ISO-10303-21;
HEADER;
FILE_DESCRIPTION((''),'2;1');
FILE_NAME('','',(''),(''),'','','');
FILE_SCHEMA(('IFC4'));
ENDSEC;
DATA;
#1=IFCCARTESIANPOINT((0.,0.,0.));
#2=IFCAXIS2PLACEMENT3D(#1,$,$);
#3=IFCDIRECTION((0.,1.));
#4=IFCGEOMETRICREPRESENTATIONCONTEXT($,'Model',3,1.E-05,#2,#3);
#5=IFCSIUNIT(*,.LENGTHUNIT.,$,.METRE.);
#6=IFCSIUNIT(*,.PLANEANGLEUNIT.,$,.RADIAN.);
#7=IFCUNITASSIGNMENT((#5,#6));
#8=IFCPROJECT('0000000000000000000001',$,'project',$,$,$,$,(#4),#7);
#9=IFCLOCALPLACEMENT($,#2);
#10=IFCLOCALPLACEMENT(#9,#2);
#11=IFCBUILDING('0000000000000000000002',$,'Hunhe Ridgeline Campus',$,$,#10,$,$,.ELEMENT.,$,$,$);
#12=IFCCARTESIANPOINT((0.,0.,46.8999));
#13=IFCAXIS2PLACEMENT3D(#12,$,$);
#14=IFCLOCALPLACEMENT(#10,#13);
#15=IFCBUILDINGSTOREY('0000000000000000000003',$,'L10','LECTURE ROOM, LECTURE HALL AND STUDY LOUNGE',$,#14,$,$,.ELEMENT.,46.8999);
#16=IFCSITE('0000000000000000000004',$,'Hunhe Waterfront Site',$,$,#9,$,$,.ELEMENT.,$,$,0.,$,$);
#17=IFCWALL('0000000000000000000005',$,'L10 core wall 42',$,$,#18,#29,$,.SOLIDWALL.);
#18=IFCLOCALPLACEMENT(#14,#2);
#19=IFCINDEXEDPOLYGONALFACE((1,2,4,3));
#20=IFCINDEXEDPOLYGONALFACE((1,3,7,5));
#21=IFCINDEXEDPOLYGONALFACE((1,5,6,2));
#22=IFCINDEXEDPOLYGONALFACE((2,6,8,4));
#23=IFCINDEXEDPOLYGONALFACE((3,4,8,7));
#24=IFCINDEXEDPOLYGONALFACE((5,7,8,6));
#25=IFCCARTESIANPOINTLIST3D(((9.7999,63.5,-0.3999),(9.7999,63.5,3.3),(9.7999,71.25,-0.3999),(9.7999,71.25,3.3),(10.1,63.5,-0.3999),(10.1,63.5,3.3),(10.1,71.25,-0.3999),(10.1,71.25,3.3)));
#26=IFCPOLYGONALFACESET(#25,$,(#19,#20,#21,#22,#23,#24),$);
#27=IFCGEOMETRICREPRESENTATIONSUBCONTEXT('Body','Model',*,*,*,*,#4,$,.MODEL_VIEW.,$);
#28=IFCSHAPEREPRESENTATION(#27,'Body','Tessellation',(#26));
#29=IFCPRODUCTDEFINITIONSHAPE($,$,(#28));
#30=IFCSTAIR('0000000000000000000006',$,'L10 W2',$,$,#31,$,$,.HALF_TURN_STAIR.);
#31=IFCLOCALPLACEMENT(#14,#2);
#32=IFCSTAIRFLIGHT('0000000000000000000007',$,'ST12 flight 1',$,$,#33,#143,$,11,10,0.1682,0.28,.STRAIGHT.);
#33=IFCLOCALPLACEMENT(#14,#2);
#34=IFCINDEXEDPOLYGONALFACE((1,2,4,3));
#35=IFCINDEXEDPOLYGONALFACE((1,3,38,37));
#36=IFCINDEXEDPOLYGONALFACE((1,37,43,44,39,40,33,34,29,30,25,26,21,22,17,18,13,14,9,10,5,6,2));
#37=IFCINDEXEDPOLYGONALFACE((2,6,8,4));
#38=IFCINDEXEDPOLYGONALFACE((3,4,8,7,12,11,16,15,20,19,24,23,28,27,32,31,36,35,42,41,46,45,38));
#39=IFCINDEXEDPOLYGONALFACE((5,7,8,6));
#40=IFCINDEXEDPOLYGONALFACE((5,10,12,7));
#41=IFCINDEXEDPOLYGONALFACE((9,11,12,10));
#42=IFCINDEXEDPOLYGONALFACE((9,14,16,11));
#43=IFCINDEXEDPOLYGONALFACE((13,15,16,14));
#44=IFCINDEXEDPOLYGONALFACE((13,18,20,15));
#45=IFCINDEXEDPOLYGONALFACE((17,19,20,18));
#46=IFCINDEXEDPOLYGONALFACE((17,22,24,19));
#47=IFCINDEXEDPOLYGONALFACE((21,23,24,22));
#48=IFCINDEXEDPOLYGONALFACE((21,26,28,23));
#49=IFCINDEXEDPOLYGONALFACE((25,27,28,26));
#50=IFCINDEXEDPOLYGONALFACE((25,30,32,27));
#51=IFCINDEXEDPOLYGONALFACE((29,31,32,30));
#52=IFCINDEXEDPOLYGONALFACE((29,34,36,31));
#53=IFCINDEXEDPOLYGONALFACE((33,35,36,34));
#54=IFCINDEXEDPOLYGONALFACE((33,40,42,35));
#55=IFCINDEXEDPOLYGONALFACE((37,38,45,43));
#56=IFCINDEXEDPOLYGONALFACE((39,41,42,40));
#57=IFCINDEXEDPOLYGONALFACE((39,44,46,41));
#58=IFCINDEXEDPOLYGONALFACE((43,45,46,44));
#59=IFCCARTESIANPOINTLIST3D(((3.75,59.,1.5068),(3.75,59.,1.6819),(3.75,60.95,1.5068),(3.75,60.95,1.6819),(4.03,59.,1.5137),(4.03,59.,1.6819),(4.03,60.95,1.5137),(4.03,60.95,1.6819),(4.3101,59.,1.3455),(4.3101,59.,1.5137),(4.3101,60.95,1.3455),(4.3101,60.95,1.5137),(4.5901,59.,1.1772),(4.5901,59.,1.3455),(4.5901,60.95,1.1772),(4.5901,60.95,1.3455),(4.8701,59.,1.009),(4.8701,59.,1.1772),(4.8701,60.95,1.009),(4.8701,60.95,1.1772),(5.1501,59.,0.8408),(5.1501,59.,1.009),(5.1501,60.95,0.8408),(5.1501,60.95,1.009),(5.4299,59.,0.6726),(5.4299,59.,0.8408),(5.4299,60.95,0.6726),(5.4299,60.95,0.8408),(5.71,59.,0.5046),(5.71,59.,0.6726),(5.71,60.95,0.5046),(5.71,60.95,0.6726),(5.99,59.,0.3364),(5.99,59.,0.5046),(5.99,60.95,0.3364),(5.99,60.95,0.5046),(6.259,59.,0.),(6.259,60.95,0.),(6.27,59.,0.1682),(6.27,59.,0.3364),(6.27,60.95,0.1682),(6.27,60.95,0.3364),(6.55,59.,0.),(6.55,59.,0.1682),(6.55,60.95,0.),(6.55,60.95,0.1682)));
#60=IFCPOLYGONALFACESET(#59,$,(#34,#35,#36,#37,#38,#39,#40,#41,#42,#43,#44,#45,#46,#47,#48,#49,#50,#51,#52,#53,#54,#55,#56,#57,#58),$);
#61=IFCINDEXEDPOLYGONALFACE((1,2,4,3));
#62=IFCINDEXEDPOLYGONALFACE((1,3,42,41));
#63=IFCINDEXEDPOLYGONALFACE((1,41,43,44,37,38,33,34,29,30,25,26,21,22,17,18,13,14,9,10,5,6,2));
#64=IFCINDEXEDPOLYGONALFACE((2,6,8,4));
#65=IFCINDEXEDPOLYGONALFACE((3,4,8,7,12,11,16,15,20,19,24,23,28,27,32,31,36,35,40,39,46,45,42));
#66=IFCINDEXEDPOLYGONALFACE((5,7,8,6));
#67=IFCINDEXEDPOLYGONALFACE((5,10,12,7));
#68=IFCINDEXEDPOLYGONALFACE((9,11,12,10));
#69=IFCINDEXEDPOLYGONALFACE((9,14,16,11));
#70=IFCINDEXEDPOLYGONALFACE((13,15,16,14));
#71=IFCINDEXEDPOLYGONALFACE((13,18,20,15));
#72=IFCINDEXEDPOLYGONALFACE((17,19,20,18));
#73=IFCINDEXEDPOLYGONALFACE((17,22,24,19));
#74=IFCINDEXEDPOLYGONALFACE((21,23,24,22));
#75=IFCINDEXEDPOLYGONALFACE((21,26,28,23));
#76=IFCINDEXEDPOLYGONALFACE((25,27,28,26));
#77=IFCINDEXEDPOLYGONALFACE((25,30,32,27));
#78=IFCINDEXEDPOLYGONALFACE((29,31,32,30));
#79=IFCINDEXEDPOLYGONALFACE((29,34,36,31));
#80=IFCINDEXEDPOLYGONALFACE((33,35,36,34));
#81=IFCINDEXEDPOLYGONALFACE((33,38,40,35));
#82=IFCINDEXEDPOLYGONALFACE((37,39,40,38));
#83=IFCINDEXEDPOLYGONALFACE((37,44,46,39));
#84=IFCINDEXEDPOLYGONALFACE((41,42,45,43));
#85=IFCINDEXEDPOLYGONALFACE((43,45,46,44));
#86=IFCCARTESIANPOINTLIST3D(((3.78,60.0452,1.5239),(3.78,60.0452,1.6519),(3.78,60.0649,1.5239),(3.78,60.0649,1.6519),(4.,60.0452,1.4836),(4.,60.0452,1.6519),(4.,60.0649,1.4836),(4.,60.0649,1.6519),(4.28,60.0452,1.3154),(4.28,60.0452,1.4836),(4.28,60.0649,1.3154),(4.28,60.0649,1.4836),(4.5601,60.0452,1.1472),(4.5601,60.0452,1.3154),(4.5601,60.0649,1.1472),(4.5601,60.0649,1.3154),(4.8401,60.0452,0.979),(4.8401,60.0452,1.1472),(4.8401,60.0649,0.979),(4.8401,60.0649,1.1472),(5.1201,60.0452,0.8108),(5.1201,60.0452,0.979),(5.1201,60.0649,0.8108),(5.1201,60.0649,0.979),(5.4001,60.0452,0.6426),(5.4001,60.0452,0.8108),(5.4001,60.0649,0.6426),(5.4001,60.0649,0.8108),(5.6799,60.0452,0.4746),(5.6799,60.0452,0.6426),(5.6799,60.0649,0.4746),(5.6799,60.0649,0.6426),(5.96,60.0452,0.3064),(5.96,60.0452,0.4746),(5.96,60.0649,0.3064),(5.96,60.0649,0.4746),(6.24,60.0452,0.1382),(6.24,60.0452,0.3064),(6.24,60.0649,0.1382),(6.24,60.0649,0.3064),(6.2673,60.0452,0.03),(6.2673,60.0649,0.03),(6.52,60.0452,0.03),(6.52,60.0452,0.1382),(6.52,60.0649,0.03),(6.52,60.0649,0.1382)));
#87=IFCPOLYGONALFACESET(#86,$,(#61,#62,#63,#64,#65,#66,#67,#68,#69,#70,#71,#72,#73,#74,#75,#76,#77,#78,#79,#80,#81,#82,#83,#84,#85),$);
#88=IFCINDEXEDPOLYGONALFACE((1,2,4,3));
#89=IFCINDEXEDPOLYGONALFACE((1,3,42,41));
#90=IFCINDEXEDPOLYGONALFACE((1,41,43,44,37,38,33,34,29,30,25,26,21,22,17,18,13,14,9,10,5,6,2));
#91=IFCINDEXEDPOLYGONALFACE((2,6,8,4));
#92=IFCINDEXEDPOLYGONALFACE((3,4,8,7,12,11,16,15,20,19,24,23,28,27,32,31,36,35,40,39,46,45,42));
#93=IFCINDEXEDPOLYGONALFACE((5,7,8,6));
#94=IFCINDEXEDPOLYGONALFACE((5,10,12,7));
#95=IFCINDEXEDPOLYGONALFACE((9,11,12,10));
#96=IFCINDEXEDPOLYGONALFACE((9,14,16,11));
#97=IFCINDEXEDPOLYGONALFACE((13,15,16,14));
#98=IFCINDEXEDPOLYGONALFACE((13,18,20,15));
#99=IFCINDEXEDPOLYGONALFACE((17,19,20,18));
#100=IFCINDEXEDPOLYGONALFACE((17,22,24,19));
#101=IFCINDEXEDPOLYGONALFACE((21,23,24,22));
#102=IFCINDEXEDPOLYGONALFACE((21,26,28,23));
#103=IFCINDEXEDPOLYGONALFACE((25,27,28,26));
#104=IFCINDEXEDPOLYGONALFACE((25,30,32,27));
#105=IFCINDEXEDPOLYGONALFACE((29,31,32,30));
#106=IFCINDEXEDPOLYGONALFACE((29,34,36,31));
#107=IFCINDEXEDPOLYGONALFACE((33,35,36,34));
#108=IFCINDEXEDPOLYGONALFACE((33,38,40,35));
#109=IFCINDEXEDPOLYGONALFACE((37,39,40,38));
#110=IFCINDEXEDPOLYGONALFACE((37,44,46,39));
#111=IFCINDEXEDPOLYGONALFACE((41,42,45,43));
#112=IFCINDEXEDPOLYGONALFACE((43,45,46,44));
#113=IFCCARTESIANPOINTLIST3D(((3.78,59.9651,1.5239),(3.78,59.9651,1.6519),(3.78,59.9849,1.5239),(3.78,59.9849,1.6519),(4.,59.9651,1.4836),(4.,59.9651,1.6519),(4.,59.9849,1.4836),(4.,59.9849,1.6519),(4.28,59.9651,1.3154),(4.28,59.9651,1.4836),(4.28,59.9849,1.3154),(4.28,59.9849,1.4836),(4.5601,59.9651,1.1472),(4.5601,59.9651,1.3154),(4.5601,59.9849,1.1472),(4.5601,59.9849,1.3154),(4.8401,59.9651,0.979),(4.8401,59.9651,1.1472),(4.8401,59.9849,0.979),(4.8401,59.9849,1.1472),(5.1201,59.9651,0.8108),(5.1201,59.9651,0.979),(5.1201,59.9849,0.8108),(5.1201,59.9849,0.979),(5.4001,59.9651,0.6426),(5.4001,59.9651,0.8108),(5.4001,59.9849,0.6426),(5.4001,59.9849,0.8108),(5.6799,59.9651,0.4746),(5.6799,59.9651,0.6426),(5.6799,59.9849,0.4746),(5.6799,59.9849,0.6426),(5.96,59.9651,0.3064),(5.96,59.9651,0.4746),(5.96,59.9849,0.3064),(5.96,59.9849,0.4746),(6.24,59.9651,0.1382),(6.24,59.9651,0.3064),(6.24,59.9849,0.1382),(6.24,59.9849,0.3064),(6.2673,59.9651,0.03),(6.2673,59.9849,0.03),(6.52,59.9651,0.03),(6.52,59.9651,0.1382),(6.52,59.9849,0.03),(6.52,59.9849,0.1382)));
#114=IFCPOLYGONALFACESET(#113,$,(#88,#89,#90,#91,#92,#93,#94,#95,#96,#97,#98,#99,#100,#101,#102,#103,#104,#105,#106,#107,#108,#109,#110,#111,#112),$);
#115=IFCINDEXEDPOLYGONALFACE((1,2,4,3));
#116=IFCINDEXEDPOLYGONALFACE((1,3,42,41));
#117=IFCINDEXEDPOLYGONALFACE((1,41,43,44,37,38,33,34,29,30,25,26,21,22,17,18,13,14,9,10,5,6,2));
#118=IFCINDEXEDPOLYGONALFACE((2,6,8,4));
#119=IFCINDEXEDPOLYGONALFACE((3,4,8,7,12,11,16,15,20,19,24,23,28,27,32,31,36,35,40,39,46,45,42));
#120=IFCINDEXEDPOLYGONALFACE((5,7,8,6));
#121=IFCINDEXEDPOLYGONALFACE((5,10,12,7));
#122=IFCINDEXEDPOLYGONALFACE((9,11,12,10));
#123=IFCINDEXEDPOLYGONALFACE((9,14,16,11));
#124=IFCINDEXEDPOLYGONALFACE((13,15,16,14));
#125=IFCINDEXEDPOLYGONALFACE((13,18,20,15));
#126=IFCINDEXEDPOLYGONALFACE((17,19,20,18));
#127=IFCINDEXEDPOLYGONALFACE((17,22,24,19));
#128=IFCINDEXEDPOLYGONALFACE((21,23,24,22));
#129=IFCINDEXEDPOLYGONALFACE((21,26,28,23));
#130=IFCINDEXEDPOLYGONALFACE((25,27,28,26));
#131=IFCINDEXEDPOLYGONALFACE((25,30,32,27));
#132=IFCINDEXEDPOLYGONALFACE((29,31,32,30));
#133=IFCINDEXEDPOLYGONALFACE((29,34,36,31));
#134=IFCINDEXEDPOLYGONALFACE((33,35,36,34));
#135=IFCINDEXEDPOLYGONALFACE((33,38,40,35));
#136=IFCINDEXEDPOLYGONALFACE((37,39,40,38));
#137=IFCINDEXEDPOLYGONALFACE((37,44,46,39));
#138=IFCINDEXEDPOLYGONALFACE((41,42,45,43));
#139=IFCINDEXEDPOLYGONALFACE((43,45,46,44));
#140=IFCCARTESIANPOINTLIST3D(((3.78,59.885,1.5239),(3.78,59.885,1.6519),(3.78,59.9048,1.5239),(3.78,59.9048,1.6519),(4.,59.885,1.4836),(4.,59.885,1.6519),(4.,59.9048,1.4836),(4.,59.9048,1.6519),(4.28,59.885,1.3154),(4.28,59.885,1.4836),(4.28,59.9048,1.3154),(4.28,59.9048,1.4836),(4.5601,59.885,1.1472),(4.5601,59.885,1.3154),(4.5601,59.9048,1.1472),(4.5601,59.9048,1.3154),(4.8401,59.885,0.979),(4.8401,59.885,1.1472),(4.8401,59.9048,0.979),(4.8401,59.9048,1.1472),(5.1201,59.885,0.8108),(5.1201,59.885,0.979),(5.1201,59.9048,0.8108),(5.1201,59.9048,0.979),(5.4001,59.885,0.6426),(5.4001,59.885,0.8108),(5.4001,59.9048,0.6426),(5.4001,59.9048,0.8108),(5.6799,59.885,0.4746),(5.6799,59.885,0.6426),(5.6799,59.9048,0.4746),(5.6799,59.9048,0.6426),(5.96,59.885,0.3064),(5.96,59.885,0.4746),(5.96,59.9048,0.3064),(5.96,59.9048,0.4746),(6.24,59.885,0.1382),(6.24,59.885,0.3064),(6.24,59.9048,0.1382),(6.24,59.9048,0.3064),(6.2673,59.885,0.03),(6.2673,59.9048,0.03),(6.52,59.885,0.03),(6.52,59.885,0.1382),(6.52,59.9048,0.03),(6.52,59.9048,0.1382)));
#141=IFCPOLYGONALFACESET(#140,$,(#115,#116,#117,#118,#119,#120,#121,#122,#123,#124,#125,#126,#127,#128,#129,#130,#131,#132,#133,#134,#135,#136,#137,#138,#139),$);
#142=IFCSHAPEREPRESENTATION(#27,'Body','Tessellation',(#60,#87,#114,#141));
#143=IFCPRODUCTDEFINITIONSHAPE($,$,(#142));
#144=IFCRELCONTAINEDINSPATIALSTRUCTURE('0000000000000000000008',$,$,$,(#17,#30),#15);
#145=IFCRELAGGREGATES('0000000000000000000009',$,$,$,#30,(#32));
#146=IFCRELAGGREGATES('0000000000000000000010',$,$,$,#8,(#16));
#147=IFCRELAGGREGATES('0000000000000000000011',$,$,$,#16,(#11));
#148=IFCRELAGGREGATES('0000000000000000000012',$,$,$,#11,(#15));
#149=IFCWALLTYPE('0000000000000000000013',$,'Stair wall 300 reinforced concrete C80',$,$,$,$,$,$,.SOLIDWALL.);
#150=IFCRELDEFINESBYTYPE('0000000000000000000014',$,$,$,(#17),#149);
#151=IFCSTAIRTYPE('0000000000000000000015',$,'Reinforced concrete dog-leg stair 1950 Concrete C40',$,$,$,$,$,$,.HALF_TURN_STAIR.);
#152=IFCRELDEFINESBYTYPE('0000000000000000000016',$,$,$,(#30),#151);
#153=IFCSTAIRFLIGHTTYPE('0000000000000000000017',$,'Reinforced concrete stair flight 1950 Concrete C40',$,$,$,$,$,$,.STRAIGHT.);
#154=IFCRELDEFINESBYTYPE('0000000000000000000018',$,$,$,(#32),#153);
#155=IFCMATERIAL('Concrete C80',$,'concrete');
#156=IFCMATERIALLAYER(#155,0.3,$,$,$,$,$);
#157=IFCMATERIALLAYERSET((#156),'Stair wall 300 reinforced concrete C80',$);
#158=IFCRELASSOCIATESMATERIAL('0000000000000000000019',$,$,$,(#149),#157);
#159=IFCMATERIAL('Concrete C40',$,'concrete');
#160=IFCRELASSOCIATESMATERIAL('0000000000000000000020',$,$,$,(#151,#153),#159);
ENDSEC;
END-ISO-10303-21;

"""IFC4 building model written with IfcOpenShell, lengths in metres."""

from ifc_helpers import new_model, si_unit, direction, frame, frame_2d, origin, place, context, subcontext, project, spatial, polyline, rectangle, outline, extrude, material, layer, layer_set, type_object, element, aggregate, save


model = new_model("IFC4")

# Units and contexts
model_context = context("Model", 3, precision=1e-05, world=origin(), true_north=direction((0.0, 1.0)))
body_context = subcontext(model_context, "Body", "Model", "MODEL_VIEW")
ifc_project = project(units=[si_unit("LENGTHUNIT", "METRE"), si_unit("PLANEANGLEUNIT", "RADIAN")], contexts=[model_context])

# Site, building, storey
site_placement = place(None, origin())
site = spatial("IfcSite", under=ifc_project, at=site_placement, Name="Hunhe Waterfront Site", CompositionType="ELEMENT", RefElevation=0.0)
building_placement = place(site_placement, origin())
building = spatial("IfcBuilding", under=site, at=building_placement, Name="Hunhe Ridgeline Campus", CompositionType="ELEMENT")
storey_placement = place(building_placement, frame((0.0, 0.0, 46.8999)))
storey = spatial("IfcBuildingStorey", under=building, at=storey_placement, Name="L10", Description="LECTURE ROOM, LECTURE HALL AND STUDY LOUNGE", CompositionType="ELEMENT", Elevation=46.8999)

# Shared definitions
ifc_material_1 = material(Name="Concrete C80", Category="concrete")

# Shared definitions
ifc_layer_1 = layer(ifc_material_1, 0.3)
ifc_layer_set_1 = layer_set([ifc_layer_1], Name="Stair wall 300 reinforced concrete C80")
wall_type_1 = type_object("IfcWallType", Name="Stair wall 300 reinforced concrete C80", PredefinedType="SOLIDWALL", material=ifc_layer_set_1)

# Wall
wall_1_placement = place(storey_placement, frame((9.95, 63.5, -0.3999), z_axis=(0.0, 0.0, 1.0), x_axis=(0.0, 1.0, 0.0)))
element("IfcWall", 1, at=wall_1_placement, inside=storey, type_object=wall_type_1, Name="L10 core wall 42", PredefinedType="SOLIDWALL", context=body_context, shape_type="SweptSolid", body=[
    extrude(rectangle(XDim=7.75, YDim=0.3, at=frame_2d((3.875, 0.0))), origin(), (0.0, 0.0, 1.0), 3.7),
])

# Stair, stair flight
ifc_material_2 = material(Name="Concrete C40", Category="concrete")
stair_type = type_object("IfcStairType", Name="Reinforced concrete dog-leg stair 1950 Concrete C40", PredefinedType="HALF_TURN_STAIR", material=ifc_material_2)
stair_placement = place(storey_placement, origin())
stair = element("IfcStair", 2, at=stair_placement, inside=storey, type_object=stair_type, Name="L10 W2", PredefinedType="HALF_TURN_STAIR")
stair_flight_type = type_object("IfcStairFlightType", Name="Reinforced concrete stair flight 1950 Concrete C40", PredefinedType="STRAIGHT", material=ifc_material_2)
stair_flight_1_placement = place(storey_placement, frame((6.55, 59.9751, 0.0), z_axis=(0.0, 0.0, 1.0), x_axis=(-1.0, 0.0, 0.0)))
stair_flight_1 = element("IfcStairFlight", 3, at=stair_flight_1_placement, type_object=stair_flight_type, Name="ST12 flight 1", NumberOfRisers=11, NumberOfTreads=10, PredefinedType="STRAIGHT", RiserHeight=0.1682, TreadLength=0.28, context=body_context, shape_type="SweptSolid", body=[
    extrude(outline(polyline([(0.0, 0.0), (0.0, 0.1682), (0.28, 0.1682), (0.28, 0.3364), (0.5601, 0.3364), (0.5601, 0.5046), (0.8401, 0.5046), (0.8401, 0.6726), (1.1201, 0.6726), (1.1201, 0.8408), (1.3999, 0.8408), (1.3999, 1.009), (1.6799, 1.009), (1.6799, 1.1772), (1.96, 1.1772), (1.96, 1.3455), (2.24, 1.3455), (2.24, 1.5137), (2.52, 1.5137), (2.52, 1.6819), (2.8, 1.6819), (2.8, 1.8501), (2.8, 1.5068), (0.291, 0.0), (0.0, 0.0)])), frame((0.0, 0.9751, 0.0), z_axis=(0.0, -1.0, 0.0), x_axis=(1.0, 0.0, 0.0)), (0.0, 0.0, 1.0), 1.95),
    extrude(outline(polyline([(0.03, 0.03), (0.03, 0.1382), (0.3101, 0.1382), (0.3101, 0.3064), (0.5901, 0.3064), (0.5901, 0.4746), (0.8701, 0.4746), (0.8701, 0.6426), (1.1499, 0.6426), (1.1499, 0.8108), (1.4299, 0.8108), (1.4299, 0.979), (1.71, 0.979), (1.71, 1.1472), (1.99, 1.1472), (1.99, 1.3154), (2.27, 1.3154), (2.27, 1.4836), (2.55, 1.4836), (2.55, 1.6519), (2.77, 1.6519), (2.77, 1.5239), (0.2827, 0.03), (0.03, 0.03)])), frame((0.0, -0.0701, 0.0), z_axis=(0.0, -1.0, 0.0), x_axis=(1.0, 0.0, 0.0)), (0.0, 0.0, 1.0), 0.0198),
    extrude(outline(polyline([(0.03, 0.03), (0.03, 0.1382), (0.3101, 0.1382), (0.3101, 0.3064), (0.5901, 0.3064), (0.5901, 0.4746), (0.8701, 0.4746), (0.8701, 0.6426), (1.1499, 0.6426), (1.1499, 0.8108), (1.4299, 0.8108), (1.4299, 0.979), (1.71, 0.979), (1.71, 1.1472), (1.99, 1.1472), (1.99, 1.3154), (2.27, 1.3154), (2.27, 1.4836), (2.55, 1.4836), (2.55, 1.6519), (2.77, 1.6519), (2.77, 1.5239), (0.2827, 0.03), (0.03, 0.03)])), frame((0.0, 0.01, 0.0), z_axis=(0.0, -1.0, 0.0), x_axis=(1.0, 0.0, 0.0)), (0.0, 0.0, 1.0), 0.0198),
    extrude(outline(polyline([(0.03, 0.03), (0.03, 0.1382), (0.3101, 0.1382), (0.3101, 0.3064), (0.5901, 0.3064), (0.5901, 0.4746), (0.8701, 0.4746), (0.8701, 0.6426), (1.1499, 0.6426), (1.1499, 0.8108), (1.4299, 0.8108), (1.4299, 0.979), (1.71, 0.979), (1.71, 1.1472), (1.99, 1.1472), (1.99, 1.3154), (2.27, 1.3154), (2.27, 1.4836), (2.55, 1.4836), (2.55, 1.6519), (2.77, 1.6519), (2.77, 1.5239), (0.2827, 0.03), (0.03, 0.03)])), frame((0.0, 0.0901, 0.0), z_axis=(0.0, -1.0, 0.0), x_axis=(1.0, 0.0, 0.0)), (0.0, 0.0, 1.0), 0.0198),
])
aggregate(stair, [stair_flight_1])

save(model, "model.ifc")
